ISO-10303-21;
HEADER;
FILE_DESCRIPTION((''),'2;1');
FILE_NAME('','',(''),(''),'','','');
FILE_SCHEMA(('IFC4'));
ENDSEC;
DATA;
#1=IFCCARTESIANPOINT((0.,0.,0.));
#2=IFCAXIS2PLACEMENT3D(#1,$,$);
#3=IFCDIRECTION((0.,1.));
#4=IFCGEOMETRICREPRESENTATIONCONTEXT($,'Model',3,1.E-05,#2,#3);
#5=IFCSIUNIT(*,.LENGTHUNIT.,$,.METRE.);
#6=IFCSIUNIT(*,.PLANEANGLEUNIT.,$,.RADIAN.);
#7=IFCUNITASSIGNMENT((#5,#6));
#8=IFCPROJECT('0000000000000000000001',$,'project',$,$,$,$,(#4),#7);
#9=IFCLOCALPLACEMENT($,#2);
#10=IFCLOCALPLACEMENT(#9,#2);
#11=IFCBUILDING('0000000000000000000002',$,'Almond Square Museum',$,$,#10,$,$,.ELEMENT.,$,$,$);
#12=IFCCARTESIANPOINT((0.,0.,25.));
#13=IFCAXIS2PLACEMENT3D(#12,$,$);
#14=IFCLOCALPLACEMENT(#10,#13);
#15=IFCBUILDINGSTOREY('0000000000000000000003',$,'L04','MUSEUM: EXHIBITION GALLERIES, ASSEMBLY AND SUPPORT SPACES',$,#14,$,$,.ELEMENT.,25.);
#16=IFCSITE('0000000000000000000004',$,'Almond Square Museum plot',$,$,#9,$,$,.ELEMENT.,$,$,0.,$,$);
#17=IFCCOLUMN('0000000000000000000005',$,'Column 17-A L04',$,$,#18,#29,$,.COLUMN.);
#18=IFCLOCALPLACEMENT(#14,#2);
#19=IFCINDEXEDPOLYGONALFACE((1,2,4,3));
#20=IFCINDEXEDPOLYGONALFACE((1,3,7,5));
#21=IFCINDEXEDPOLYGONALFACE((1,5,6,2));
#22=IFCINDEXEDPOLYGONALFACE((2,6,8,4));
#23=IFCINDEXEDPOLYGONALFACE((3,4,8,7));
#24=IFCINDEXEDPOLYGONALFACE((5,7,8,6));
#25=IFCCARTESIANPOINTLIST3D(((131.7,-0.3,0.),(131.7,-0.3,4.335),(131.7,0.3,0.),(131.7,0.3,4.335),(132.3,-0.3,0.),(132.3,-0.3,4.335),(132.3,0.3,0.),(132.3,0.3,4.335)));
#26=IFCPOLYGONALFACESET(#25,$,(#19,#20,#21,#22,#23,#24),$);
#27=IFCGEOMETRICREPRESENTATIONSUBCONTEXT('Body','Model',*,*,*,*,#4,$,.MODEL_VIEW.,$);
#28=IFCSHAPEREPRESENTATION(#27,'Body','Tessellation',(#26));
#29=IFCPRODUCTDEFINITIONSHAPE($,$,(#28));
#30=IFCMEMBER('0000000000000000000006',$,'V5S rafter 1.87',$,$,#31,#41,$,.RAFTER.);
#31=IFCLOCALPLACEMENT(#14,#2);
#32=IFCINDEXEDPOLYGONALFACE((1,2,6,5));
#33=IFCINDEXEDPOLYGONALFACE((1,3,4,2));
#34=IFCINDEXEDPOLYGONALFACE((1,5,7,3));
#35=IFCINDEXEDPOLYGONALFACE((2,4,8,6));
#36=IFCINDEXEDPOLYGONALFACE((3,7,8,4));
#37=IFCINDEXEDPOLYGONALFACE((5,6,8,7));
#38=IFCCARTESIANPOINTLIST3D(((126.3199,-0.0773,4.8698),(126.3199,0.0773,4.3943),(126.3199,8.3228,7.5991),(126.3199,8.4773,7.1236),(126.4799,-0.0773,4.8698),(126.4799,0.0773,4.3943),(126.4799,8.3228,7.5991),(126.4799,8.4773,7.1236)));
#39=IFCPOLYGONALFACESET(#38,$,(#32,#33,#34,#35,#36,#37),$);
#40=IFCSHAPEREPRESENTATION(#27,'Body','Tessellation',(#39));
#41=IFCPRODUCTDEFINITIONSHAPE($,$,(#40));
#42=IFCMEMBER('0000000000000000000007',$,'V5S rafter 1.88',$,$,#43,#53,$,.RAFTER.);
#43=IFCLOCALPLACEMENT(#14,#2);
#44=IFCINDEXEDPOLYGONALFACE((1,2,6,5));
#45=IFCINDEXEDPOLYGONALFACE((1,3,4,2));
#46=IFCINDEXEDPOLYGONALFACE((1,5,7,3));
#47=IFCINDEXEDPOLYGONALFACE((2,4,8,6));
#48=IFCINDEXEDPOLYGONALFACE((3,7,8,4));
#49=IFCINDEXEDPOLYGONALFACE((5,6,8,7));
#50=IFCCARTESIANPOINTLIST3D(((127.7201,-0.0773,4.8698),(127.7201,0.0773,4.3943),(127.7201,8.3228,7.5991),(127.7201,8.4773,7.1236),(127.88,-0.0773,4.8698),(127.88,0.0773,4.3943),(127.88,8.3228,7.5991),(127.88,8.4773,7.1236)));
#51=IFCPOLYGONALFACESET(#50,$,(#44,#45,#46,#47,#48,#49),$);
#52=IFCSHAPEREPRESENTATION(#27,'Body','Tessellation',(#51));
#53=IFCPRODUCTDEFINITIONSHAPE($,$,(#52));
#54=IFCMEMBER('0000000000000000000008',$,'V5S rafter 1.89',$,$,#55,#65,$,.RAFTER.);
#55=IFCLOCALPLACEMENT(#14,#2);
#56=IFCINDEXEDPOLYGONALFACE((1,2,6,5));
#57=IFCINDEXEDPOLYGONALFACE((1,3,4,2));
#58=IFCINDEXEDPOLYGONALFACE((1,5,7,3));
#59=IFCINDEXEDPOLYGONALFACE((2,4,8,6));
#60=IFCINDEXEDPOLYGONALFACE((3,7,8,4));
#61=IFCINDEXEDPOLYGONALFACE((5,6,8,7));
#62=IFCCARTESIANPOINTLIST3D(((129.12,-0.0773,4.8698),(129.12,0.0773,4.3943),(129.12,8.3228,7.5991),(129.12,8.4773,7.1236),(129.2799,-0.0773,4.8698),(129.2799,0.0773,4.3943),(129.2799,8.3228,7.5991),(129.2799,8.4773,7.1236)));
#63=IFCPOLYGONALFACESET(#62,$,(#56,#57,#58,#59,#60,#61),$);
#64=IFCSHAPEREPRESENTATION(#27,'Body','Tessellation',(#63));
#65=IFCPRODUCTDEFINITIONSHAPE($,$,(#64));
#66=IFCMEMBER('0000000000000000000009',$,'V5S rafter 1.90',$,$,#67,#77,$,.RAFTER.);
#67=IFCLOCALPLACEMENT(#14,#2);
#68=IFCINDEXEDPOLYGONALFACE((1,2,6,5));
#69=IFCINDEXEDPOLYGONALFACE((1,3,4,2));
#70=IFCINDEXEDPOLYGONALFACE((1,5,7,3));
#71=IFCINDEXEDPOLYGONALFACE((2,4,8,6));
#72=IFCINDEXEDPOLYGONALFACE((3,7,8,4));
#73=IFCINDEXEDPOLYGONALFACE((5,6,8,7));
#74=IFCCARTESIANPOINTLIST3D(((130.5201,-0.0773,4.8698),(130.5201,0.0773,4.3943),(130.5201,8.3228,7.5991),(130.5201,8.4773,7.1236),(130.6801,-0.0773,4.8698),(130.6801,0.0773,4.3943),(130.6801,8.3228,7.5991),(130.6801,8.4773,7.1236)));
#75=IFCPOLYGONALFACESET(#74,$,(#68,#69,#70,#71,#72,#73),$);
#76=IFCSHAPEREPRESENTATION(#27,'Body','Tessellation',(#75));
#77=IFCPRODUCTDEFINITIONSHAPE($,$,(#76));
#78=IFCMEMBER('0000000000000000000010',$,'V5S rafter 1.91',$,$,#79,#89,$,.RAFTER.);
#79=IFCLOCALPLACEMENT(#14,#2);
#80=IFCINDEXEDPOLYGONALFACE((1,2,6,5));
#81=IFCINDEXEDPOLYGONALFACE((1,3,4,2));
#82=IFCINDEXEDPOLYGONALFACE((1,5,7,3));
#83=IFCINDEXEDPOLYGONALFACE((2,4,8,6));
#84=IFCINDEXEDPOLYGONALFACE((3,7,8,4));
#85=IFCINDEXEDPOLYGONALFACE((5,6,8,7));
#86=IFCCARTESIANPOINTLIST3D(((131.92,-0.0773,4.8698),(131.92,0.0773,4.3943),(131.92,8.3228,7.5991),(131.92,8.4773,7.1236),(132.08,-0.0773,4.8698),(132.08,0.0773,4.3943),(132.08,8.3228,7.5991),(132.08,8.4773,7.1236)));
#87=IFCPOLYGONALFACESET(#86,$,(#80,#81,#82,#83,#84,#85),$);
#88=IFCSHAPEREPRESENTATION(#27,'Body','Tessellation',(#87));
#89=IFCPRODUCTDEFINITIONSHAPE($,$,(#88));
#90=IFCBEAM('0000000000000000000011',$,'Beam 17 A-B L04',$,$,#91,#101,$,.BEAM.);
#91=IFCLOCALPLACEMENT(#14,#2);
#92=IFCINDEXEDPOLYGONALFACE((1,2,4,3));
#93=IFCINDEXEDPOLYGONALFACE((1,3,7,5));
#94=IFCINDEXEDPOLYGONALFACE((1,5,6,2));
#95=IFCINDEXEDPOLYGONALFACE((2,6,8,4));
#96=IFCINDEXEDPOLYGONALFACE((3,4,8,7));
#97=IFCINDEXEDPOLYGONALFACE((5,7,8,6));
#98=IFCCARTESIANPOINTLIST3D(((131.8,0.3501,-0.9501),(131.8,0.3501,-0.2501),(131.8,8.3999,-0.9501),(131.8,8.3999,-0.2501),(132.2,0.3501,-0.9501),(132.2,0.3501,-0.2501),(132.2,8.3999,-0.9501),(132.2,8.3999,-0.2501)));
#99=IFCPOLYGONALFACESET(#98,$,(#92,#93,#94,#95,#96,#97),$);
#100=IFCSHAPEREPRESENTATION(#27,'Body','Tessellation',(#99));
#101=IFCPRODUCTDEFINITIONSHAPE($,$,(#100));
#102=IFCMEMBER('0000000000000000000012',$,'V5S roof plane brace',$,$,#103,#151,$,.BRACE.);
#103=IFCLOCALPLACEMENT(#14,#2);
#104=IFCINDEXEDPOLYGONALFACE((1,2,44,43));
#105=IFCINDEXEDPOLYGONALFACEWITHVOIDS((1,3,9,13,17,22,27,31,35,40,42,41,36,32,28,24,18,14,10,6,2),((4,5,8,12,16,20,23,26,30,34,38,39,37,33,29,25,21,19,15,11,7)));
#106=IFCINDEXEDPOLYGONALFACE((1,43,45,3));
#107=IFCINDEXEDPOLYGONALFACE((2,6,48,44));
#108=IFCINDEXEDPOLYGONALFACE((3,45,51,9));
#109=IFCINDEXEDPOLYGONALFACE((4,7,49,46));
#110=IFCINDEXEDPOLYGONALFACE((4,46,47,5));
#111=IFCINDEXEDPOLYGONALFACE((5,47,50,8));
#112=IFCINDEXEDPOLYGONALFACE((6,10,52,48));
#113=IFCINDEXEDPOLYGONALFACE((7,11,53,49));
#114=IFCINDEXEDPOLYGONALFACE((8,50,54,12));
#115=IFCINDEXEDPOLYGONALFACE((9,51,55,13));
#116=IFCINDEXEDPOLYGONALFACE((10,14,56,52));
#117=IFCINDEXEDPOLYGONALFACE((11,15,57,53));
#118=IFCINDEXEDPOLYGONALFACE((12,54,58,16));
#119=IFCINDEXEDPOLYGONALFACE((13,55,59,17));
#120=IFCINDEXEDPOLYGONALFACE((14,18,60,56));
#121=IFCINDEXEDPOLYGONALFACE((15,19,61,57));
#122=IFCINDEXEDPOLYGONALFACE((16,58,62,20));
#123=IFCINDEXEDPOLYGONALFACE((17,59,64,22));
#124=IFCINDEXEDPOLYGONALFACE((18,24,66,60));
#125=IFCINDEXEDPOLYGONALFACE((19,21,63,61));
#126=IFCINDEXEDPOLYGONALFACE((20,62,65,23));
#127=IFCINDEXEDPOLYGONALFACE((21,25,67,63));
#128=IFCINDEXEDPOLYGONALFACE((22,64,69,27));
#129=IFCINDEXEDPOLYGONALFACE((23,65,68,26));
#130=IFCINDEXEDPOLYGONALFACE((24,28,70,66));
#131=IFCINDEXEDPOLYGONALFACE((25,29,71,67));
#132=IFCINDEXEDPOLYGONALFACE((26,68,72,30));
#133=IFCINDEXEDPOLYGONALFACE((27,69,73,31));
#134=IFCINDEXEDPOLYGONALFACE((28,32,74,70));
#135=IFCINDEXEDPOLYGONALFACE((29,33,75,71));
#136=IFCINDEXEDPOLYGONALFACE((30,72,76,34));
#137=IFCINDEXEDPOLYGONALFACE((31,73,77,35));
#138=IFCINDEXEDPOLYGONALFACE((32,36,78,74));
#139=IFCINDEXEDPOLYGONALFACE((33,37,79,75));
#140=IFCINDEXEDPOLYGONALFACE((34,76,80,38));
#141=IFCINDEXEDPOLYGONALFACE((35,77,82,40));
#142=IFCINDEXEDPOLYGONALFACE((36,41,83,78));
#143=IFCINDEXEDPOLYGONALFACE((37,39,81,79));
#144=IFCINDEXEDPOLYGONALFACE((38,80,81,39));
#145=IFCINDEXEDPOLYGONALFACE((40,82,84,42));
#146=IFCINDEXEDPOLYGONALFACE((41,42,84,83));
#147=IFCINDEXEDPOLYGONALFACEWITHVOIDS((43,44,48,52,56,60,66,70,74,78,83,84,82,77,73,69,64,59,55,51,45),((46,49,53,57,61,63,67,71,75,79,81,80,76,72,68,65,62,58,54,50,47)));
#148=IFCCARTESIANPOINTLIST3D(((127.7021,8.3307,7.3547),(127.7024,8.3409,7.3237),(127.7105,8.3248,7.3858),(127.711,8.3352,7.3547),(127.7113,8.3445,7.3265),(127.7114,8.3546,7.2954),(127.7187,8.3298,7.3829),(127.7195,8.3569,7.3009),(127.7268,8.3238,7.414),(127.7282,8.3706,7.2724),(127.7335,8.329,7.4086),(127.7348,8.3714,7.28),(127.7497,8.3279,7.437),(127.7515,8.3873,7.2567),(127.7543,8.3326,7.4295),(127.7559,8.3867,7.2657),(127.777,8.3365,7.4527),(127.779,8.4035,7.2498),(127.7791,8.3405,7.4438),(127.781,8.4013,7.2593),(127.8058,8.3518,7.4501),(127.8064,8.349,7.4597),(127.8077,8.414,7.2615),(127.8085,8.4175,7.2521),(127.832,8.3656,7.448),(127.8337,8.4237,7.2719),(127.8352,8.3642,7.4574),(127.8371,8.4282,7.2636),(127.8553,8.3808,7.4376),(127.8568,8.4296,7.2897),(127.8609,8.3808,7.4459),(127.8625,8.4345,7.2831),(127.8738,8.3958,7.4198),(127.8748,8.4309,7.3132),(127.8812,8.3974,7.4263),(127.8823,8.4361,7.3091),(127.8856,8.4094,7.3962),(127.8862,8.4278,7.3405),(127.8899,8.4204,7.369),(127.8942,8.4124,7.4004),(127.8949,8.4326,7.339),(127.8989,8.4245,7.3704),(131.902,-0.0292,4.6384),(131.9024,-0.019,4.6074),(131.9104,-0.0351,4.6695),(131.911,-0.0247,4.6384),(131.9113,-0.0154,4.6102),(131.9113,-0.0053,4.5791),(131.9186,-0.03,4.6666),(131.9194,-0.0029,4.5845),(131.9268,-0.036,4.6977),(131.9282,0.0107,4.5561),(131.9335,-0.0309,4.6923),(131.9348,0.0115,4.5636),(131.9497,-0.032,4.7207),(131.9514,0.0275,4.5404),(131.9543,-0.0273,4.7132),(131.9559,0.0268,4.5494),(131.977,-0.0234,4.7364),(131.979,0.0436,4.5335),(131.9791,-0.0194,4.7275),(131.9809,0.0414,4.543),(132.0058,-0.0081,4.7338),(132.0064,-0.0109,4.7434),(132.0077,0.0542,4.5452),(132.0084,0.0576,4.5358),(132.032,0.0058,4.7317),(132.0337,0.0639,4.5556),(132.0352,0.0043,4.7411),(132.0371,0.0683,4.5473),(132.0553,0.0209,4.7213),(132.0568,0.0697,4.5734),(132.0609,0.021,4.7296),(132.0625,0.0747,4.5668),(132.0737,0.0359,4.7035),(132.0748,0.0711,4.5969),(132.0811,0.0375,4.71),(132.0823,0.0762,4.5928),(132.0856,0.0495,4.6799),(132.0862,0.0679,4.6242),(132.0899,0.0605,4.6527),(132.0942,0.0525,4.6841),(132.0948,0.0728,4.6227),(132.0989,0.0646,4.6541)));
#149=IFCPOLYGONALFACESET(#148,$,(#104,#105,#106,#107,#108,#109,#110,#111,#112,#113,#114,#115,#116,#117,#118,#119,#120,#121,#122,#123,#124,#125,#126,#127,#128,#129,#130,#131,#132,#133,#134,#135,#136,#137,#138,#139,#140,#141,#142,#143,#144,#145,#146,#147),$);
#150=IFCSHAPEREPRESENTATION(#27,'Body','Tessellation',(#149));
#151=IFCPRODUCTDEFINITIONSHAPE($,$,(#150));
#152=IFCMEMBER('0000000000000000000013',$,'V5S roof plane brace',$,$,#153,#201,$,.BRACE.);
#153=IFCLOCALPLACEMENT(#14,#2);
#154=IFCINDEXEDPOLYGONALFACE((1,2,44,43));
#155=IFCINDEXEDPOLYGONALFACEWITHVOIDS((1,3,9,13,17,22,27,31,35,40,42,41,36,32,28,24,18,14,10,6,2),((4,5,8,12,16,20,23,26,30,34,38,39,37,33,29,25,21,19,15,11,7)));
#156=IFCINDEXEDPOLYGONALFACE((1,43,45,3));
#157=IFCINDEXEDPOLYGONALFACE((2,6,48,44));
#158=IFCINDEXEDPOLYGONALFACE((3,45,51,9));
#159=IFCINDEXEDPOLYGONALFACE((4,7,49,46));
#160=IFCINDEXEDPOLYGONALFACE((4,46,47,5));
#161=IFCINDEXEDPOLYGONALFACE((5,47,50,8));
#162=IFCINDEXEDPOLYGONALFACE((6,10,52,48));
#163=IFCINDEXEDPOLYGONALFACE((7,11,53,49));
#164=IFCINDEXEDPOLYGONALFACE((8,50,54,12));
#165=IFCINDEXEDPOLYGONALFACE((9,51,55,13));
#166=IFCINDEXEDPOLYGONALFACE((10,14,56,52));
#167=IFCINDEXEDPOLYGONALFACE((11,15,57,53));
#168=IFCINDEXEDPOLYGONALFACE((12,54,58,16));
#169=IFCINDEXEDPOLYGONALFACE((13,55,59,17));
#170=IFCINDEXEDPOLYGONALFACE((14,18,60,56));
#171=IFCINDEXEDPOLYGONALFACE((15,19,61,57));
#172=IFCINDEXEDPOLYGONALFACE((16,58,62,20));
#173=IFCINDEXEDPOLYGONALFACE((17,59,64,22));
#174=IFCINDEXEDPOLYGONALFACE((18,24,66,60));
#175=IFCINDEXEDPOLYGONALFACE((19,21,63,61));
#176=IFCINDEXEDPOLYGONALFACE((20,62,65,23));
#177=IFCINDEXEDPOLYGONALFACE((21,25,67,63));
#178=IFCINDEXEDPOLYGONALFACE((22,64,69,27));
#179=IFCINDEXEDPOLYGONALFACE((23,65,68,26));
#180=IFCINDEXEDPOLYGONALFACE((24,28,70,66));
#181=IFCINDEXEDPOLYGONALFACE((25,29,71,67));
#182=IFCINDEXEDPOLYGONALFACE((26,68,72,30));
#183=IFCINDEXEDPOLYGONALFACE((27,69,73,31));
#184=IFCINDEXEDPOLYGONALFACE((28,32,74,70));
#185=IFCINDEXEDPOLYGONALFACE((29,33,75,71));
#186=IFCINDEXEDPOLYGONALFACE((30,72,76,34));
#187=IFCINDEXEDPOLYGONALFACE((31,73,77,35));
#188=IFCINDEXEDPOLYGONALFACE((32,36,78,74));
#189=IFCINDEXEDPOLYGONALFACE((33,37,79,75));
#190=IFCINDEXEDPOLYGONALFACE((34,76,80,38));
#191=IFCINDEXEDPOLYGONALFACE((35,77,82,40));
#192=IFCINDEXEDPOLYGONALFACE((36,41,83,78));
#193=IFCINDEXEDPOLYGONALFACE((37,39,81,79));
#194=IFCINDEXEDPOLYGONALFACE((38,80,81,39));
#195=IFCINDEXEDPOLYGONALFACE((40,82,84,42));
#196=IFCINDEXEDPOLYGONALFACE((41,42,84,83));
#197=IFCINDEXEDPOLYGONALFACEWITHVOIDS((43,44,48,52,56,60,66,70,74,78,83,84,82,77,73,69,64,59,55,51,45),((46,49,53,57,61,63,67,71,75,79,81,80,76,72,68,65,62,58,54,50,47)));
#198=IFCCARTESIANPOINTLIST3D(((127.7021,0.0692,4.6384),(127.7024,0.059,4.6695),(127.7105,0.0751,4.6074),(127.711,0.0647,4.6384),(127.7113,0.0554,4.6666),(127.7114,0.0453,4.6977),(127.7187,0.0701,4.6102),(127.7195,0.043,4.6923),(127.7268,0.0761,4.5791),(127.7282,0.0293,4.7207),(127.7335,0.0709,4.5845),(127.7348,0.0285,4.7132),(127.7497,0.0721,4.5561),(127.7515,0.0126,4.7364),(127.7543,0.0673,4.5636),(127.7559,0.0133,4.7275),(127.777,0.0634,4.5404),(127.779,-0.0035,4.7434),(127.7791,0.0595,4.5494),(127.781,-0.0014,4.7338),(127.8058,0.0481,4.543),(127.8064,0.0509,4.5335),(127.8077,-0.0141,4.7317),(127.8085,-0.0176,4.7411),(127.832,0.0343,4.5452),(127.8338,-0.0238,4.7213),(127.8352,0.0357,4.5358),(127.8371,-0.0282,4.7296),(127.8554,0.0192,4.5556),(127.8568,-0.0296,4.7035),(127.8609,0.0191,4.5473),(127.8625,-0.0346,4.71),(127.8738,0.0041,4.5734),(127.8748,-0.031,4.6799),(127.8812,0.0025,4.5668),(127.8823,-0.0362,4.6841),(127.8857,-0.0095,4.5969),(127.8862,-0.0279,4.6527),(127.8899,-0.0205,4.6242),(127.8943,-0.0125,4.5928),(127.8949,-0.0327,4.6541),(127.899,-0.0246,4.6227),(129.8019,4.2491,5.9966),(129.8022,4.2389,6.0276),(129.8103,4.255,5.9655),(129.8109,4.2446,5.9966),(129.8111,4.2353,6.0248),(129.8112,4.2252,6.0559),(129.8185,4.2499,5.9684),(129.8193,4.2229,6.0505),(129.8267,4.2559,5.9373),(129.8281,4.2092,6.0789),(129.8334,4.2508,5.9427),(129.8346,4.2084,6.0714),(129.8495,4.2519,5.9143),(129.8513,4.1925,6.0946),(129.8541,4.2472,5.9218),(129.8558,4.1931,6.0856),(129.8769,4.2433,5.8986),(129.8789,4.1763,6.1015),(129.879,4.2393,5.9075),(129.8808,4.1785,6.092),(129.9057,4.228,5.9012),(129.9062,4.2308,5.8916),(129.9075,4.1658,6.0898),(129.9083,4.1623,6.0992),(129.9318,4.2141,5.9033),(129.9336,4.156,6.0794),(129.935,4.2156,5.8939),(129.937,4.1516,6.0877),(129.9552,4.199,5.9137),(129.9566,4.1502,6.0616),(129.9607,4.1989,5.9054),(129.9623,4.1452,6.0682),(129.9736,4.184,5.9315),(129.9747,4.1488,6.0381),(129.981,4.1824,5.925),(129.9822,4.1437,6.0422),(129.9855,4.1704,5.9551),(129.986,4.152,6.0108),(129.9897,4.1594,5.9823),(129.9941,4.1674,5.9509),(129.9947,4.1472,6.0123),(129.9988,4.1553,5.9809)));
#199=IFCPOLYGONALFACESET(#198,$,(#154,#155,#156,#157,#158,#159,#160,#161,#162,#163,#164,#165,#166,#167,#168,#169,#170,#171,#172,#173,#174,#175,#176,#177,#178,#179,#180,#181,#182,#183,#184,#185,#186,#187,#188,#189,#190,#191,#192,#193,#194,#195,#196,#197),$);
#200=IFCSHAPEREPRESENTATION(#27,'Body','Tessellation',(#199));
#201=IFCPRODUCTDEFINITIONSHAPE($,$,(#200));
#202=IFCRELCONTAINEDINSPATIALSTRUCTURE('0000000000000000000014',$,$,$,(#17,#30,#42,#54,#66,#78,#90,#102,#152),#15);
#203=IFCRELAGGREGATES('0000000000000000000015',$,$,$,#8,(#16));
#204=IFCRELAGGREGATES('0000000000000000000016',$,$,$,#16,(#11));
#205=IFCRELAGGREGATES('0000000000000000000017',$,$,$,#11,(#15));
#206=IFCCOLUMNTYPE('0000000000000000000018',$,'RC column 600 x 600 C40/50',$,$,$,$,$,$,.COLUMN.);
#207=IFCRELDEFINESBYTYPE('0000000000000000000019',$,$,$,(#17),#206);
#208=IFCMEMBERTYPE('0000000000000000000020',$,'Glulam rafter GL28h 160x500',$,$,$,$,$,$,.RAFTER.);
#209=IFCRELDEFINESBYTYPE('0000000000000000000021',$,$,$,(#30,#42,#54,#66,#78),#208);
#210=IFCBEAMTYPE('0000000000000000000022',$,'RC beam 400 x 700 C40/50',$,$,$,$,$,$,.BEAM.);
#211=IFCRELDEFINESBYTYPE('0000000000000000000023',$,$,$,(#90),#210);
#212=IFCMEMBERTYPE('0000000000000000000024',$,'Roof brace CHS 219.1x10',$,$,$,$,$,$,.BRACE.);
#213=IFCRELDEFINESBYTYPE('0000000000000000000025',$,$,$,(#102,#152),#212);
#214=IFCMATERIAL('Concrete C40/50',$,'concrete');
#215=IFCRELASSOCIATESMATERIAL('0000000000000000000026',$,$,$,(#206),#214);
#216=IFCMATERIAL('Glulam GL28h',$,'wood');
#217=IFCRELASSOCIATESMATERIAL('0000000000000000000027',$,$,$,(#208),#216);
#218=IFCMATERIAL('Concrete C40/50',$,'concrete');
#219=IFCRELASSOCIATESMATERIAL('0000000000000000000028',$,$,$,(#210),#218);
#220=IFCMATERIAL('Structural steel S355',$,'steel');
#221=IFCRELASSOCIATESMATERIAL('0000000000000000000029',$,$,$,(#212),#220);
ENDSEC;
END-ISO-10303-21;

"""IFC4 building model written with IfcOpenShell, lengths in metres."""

from ifc_helpers import new_model, si_unit, direction, frame, origin, origin_2d, place, context, subcontext, project, spatial, rectangle, hollow_circle, extrude, material, material_profile, profile_set, type_object, element, save


model = new_model("IFC4")

# Units and contexts
model_context = context("Model", 3, precision=1e-05, world=origin(), true_north=direction((0.0, 1.0)))
body_context = subcontext(model_context, "Body", "Model", "MODEL_VIEW")
ifc_project = project(units=[si_unit("LENGTHUNIT", "METRE"), si_unit("PLANEANGLEUNIT", "RADIAN")], contexts=[model_context])

# Site, building, storey
site_placement = place(None, origin())
site = spatial("IfcSite", under=ifc_project, at=site_placement, Name="Almond Square Museum plot", CompositionType="ELEMENT", RefElevation=0.0)
building_placement = place(site_placement, origin())
building = spatial("IfcBuilding", under=site, at=building_placement, Name="Almond Square Museum", CompositionType="ELEMENT")
storey_placement = place(building_placement, frame((0.0, 0.0, 25.0)))
storey = spatial("IfcBuildingStorey", under=building, at=storey_placement, Name="L04", Description="MUSEUM: EXHIBITION GALLERIES, ASSEMBLY AND SUPPORT SPACES", CompositionType="ELEMENT", Elevation=25.0)

# Column
ifc_material_1 = material(Name="Concrete C40/50", Category="concrete")
ifc_material_profile_1 = material_profile(ifc_material_1, rectangle(XDim=0.6001, YDim=0.6001, at=origin_2d()))
ifc_profile_set_1 = profile_set([ifc_material_profile_1], Name="Concrete C40/50")
column_type = type_object("IfcColumnType", Name="RC column 600 x 600 C40/50", PredefinedType="COLUMN", material=ifc_profile_set_1)
column_placement = place(storey_placement, frame((132.0, 0.0, 0.0), z_axis=(0.0, 0.0, 1.0), x_axis=(1.0, 0.0, 0.0)))
element("IfcColumn", 1, at=column_placement, inside=storey, type_object=column_type, Name="Column 17-A L04", PredefinedType="COLUMN", context=body_context, shape_type="SweptSolid", body=[
    extrude(rectangle(XDim=0.6001, YDim=0.6001, at=origin_2d()), origin(), (0.0, 0.0, 1.0), 4.335),
])

# Members
ifc_material_2 = material(Name="Glulam GL28h", Category="wood")
ifc_material_profile_2 = material_profile(ifc_material_2, rectangle(XDim=0.1599, YDim=0.5, at=origin_2d()))
ifc_profile_set_2 = profile_set([ifc_material_profile_2], Name="Glulam GL28h")
member_type_1 = type_object("IfcMemberType", Name="Glulam rafter GL28h 160x500", PredefinedType="RAFTER", material=ifc_profile_set_2)
for number, where, z_axis, x_axis, name in (
    (2, (126.3999, 0.0, 4.6321), (0.0, 0.951058, 0.309012), (-1.0, 0.0, 0.0), "V5S rafter 1.87"),
    (3, (127.8, 0.0, 4.6321), (0.0, 0.951058, 0.309012), (-1.0, 0.0, 0.0), "V5S rafter 1.88"),
    (4, (129.2, 0.0, 4.6321), (0.0, 0.951058, 0.309012), (-1.0, 0.0, 0.0), "V5S rafter 1.89"),
    (5, (130.6001, 0.0, 4.6321), (0.0, 0.951058, 0.309012), (-1.0, 0.0, 0.0), "V5S rafter 1.90"),
    (6, (132.0, 0.0, 4.6321), (0.0, 0.951058, 0.309012), (-1.0, 0.0, 0.0), "V5S rafter 1.91"),
):
    element("IfcMember", number, at=place(storey_placement, frame(where, z_axis=z_axis, x_axis=x_axis)), inside=storey, type_object=member_type_1, Name=name, PredefinedType="RAFTER", context=body_context, shape_type="SweptSolid", body=[
        extrude(rectangle(XDim=0.1599, YDim=0.5, at=origin_2d()), origin(), (0.0, 0.0, 1.0), 8.8323),
    ])

# Beam
ifc_material_3 = material(Name="Concrete C40/50", Category="concrete")
ifc_material_profile_3 = material_profile(ifc_material_3, rectangle(XDim=0.3999, YDim=0.7, at=origin_2d()))
ifc_profile_set_3 = profile_set([ifc_material_profile_3], Name="Concrete C40/50")
beam_type = type_object("IfcBeamType", Name="RC beam 400 x 700 C40/50", PredefinedType="BEAM", material=ifc_profile_set_3)
beam_placement = place(storey_placement, frame((132.0, 0.3501, -0.6001), z_axis=(0.0, 1.0, 0.0), x_axis=(-1.0, 0.0, 0.0)))
element("IfcBeam", 7, at=beam_placement, inside=storey, type_object=beam_type, Name="Beam 17 A-B L04", PredefinedType="BEAM", context=body_context, shape_type="SweptSolid", body=[
    extrude(rectangle(XDim=0.3999, YDim=0.7, at=origin_2d()), origin(), (0.0, 0.0, 1.0), 8.0498),
])

# Members
ifc_material_4 = material(Name="Structural steel S355", Category="steel")
ifc_material_profile_4 = material_profile(ifc_material_4, hollow_circle(Radius=0.1096, WallThickness=0.01, at=origin_2d()))
ifc_profile_set_4 = profile_set([ifc_material_profile_4], Name="Structural steel S355")
member_type_2 = type_object("IfcMemberType", Name="Roof brace CHS 219.1x10", PredefinedType="BRACE", material=ifc_profile_set_4)
member_1_placement = place(storey_placement, frame((132.0, 0.02, 4.6384), z_axis=(-0.431121, 0.858132, 0.278826), x_axis=(-0.89357, -0.448925, 0.0)))
element("IfcMember", 8, at=member_1_placement, inside=storey, type_object=member_type_2, Name="V5S roof plane brace", PredefinedType="BRACE", context=body_context, shape_type="SweptSolid", body=[
    extrude(hollow_circle(Radius=0.1096, WallThickness=0.01, at=origin_2d()), origin(), (0.0, 0.0, 1.0), 9.7419),
])
member_2_placement = place(storey_placement, frame((127.8, 0.02, 4.6384), z_axis=(0.431101, 0.858141, 0.278829), x_axis=(-0.89358, 0.448904, 0.0)))
element("IfcMember", 9, at=member_2_placement, inside=storey, type_object=member_type_2, Name="V5S roof plane brace", PredefinedType="BRACE", context=body_context, shape_type="SweptSolid", body=[
    extrude(hollow_circle(Radius=0.1096, WallThickness=0.01, at=origin_2d()), origin(), (0.0, 0.0, 1.0), 4.8708),
])

save(model, "model.ifc")
